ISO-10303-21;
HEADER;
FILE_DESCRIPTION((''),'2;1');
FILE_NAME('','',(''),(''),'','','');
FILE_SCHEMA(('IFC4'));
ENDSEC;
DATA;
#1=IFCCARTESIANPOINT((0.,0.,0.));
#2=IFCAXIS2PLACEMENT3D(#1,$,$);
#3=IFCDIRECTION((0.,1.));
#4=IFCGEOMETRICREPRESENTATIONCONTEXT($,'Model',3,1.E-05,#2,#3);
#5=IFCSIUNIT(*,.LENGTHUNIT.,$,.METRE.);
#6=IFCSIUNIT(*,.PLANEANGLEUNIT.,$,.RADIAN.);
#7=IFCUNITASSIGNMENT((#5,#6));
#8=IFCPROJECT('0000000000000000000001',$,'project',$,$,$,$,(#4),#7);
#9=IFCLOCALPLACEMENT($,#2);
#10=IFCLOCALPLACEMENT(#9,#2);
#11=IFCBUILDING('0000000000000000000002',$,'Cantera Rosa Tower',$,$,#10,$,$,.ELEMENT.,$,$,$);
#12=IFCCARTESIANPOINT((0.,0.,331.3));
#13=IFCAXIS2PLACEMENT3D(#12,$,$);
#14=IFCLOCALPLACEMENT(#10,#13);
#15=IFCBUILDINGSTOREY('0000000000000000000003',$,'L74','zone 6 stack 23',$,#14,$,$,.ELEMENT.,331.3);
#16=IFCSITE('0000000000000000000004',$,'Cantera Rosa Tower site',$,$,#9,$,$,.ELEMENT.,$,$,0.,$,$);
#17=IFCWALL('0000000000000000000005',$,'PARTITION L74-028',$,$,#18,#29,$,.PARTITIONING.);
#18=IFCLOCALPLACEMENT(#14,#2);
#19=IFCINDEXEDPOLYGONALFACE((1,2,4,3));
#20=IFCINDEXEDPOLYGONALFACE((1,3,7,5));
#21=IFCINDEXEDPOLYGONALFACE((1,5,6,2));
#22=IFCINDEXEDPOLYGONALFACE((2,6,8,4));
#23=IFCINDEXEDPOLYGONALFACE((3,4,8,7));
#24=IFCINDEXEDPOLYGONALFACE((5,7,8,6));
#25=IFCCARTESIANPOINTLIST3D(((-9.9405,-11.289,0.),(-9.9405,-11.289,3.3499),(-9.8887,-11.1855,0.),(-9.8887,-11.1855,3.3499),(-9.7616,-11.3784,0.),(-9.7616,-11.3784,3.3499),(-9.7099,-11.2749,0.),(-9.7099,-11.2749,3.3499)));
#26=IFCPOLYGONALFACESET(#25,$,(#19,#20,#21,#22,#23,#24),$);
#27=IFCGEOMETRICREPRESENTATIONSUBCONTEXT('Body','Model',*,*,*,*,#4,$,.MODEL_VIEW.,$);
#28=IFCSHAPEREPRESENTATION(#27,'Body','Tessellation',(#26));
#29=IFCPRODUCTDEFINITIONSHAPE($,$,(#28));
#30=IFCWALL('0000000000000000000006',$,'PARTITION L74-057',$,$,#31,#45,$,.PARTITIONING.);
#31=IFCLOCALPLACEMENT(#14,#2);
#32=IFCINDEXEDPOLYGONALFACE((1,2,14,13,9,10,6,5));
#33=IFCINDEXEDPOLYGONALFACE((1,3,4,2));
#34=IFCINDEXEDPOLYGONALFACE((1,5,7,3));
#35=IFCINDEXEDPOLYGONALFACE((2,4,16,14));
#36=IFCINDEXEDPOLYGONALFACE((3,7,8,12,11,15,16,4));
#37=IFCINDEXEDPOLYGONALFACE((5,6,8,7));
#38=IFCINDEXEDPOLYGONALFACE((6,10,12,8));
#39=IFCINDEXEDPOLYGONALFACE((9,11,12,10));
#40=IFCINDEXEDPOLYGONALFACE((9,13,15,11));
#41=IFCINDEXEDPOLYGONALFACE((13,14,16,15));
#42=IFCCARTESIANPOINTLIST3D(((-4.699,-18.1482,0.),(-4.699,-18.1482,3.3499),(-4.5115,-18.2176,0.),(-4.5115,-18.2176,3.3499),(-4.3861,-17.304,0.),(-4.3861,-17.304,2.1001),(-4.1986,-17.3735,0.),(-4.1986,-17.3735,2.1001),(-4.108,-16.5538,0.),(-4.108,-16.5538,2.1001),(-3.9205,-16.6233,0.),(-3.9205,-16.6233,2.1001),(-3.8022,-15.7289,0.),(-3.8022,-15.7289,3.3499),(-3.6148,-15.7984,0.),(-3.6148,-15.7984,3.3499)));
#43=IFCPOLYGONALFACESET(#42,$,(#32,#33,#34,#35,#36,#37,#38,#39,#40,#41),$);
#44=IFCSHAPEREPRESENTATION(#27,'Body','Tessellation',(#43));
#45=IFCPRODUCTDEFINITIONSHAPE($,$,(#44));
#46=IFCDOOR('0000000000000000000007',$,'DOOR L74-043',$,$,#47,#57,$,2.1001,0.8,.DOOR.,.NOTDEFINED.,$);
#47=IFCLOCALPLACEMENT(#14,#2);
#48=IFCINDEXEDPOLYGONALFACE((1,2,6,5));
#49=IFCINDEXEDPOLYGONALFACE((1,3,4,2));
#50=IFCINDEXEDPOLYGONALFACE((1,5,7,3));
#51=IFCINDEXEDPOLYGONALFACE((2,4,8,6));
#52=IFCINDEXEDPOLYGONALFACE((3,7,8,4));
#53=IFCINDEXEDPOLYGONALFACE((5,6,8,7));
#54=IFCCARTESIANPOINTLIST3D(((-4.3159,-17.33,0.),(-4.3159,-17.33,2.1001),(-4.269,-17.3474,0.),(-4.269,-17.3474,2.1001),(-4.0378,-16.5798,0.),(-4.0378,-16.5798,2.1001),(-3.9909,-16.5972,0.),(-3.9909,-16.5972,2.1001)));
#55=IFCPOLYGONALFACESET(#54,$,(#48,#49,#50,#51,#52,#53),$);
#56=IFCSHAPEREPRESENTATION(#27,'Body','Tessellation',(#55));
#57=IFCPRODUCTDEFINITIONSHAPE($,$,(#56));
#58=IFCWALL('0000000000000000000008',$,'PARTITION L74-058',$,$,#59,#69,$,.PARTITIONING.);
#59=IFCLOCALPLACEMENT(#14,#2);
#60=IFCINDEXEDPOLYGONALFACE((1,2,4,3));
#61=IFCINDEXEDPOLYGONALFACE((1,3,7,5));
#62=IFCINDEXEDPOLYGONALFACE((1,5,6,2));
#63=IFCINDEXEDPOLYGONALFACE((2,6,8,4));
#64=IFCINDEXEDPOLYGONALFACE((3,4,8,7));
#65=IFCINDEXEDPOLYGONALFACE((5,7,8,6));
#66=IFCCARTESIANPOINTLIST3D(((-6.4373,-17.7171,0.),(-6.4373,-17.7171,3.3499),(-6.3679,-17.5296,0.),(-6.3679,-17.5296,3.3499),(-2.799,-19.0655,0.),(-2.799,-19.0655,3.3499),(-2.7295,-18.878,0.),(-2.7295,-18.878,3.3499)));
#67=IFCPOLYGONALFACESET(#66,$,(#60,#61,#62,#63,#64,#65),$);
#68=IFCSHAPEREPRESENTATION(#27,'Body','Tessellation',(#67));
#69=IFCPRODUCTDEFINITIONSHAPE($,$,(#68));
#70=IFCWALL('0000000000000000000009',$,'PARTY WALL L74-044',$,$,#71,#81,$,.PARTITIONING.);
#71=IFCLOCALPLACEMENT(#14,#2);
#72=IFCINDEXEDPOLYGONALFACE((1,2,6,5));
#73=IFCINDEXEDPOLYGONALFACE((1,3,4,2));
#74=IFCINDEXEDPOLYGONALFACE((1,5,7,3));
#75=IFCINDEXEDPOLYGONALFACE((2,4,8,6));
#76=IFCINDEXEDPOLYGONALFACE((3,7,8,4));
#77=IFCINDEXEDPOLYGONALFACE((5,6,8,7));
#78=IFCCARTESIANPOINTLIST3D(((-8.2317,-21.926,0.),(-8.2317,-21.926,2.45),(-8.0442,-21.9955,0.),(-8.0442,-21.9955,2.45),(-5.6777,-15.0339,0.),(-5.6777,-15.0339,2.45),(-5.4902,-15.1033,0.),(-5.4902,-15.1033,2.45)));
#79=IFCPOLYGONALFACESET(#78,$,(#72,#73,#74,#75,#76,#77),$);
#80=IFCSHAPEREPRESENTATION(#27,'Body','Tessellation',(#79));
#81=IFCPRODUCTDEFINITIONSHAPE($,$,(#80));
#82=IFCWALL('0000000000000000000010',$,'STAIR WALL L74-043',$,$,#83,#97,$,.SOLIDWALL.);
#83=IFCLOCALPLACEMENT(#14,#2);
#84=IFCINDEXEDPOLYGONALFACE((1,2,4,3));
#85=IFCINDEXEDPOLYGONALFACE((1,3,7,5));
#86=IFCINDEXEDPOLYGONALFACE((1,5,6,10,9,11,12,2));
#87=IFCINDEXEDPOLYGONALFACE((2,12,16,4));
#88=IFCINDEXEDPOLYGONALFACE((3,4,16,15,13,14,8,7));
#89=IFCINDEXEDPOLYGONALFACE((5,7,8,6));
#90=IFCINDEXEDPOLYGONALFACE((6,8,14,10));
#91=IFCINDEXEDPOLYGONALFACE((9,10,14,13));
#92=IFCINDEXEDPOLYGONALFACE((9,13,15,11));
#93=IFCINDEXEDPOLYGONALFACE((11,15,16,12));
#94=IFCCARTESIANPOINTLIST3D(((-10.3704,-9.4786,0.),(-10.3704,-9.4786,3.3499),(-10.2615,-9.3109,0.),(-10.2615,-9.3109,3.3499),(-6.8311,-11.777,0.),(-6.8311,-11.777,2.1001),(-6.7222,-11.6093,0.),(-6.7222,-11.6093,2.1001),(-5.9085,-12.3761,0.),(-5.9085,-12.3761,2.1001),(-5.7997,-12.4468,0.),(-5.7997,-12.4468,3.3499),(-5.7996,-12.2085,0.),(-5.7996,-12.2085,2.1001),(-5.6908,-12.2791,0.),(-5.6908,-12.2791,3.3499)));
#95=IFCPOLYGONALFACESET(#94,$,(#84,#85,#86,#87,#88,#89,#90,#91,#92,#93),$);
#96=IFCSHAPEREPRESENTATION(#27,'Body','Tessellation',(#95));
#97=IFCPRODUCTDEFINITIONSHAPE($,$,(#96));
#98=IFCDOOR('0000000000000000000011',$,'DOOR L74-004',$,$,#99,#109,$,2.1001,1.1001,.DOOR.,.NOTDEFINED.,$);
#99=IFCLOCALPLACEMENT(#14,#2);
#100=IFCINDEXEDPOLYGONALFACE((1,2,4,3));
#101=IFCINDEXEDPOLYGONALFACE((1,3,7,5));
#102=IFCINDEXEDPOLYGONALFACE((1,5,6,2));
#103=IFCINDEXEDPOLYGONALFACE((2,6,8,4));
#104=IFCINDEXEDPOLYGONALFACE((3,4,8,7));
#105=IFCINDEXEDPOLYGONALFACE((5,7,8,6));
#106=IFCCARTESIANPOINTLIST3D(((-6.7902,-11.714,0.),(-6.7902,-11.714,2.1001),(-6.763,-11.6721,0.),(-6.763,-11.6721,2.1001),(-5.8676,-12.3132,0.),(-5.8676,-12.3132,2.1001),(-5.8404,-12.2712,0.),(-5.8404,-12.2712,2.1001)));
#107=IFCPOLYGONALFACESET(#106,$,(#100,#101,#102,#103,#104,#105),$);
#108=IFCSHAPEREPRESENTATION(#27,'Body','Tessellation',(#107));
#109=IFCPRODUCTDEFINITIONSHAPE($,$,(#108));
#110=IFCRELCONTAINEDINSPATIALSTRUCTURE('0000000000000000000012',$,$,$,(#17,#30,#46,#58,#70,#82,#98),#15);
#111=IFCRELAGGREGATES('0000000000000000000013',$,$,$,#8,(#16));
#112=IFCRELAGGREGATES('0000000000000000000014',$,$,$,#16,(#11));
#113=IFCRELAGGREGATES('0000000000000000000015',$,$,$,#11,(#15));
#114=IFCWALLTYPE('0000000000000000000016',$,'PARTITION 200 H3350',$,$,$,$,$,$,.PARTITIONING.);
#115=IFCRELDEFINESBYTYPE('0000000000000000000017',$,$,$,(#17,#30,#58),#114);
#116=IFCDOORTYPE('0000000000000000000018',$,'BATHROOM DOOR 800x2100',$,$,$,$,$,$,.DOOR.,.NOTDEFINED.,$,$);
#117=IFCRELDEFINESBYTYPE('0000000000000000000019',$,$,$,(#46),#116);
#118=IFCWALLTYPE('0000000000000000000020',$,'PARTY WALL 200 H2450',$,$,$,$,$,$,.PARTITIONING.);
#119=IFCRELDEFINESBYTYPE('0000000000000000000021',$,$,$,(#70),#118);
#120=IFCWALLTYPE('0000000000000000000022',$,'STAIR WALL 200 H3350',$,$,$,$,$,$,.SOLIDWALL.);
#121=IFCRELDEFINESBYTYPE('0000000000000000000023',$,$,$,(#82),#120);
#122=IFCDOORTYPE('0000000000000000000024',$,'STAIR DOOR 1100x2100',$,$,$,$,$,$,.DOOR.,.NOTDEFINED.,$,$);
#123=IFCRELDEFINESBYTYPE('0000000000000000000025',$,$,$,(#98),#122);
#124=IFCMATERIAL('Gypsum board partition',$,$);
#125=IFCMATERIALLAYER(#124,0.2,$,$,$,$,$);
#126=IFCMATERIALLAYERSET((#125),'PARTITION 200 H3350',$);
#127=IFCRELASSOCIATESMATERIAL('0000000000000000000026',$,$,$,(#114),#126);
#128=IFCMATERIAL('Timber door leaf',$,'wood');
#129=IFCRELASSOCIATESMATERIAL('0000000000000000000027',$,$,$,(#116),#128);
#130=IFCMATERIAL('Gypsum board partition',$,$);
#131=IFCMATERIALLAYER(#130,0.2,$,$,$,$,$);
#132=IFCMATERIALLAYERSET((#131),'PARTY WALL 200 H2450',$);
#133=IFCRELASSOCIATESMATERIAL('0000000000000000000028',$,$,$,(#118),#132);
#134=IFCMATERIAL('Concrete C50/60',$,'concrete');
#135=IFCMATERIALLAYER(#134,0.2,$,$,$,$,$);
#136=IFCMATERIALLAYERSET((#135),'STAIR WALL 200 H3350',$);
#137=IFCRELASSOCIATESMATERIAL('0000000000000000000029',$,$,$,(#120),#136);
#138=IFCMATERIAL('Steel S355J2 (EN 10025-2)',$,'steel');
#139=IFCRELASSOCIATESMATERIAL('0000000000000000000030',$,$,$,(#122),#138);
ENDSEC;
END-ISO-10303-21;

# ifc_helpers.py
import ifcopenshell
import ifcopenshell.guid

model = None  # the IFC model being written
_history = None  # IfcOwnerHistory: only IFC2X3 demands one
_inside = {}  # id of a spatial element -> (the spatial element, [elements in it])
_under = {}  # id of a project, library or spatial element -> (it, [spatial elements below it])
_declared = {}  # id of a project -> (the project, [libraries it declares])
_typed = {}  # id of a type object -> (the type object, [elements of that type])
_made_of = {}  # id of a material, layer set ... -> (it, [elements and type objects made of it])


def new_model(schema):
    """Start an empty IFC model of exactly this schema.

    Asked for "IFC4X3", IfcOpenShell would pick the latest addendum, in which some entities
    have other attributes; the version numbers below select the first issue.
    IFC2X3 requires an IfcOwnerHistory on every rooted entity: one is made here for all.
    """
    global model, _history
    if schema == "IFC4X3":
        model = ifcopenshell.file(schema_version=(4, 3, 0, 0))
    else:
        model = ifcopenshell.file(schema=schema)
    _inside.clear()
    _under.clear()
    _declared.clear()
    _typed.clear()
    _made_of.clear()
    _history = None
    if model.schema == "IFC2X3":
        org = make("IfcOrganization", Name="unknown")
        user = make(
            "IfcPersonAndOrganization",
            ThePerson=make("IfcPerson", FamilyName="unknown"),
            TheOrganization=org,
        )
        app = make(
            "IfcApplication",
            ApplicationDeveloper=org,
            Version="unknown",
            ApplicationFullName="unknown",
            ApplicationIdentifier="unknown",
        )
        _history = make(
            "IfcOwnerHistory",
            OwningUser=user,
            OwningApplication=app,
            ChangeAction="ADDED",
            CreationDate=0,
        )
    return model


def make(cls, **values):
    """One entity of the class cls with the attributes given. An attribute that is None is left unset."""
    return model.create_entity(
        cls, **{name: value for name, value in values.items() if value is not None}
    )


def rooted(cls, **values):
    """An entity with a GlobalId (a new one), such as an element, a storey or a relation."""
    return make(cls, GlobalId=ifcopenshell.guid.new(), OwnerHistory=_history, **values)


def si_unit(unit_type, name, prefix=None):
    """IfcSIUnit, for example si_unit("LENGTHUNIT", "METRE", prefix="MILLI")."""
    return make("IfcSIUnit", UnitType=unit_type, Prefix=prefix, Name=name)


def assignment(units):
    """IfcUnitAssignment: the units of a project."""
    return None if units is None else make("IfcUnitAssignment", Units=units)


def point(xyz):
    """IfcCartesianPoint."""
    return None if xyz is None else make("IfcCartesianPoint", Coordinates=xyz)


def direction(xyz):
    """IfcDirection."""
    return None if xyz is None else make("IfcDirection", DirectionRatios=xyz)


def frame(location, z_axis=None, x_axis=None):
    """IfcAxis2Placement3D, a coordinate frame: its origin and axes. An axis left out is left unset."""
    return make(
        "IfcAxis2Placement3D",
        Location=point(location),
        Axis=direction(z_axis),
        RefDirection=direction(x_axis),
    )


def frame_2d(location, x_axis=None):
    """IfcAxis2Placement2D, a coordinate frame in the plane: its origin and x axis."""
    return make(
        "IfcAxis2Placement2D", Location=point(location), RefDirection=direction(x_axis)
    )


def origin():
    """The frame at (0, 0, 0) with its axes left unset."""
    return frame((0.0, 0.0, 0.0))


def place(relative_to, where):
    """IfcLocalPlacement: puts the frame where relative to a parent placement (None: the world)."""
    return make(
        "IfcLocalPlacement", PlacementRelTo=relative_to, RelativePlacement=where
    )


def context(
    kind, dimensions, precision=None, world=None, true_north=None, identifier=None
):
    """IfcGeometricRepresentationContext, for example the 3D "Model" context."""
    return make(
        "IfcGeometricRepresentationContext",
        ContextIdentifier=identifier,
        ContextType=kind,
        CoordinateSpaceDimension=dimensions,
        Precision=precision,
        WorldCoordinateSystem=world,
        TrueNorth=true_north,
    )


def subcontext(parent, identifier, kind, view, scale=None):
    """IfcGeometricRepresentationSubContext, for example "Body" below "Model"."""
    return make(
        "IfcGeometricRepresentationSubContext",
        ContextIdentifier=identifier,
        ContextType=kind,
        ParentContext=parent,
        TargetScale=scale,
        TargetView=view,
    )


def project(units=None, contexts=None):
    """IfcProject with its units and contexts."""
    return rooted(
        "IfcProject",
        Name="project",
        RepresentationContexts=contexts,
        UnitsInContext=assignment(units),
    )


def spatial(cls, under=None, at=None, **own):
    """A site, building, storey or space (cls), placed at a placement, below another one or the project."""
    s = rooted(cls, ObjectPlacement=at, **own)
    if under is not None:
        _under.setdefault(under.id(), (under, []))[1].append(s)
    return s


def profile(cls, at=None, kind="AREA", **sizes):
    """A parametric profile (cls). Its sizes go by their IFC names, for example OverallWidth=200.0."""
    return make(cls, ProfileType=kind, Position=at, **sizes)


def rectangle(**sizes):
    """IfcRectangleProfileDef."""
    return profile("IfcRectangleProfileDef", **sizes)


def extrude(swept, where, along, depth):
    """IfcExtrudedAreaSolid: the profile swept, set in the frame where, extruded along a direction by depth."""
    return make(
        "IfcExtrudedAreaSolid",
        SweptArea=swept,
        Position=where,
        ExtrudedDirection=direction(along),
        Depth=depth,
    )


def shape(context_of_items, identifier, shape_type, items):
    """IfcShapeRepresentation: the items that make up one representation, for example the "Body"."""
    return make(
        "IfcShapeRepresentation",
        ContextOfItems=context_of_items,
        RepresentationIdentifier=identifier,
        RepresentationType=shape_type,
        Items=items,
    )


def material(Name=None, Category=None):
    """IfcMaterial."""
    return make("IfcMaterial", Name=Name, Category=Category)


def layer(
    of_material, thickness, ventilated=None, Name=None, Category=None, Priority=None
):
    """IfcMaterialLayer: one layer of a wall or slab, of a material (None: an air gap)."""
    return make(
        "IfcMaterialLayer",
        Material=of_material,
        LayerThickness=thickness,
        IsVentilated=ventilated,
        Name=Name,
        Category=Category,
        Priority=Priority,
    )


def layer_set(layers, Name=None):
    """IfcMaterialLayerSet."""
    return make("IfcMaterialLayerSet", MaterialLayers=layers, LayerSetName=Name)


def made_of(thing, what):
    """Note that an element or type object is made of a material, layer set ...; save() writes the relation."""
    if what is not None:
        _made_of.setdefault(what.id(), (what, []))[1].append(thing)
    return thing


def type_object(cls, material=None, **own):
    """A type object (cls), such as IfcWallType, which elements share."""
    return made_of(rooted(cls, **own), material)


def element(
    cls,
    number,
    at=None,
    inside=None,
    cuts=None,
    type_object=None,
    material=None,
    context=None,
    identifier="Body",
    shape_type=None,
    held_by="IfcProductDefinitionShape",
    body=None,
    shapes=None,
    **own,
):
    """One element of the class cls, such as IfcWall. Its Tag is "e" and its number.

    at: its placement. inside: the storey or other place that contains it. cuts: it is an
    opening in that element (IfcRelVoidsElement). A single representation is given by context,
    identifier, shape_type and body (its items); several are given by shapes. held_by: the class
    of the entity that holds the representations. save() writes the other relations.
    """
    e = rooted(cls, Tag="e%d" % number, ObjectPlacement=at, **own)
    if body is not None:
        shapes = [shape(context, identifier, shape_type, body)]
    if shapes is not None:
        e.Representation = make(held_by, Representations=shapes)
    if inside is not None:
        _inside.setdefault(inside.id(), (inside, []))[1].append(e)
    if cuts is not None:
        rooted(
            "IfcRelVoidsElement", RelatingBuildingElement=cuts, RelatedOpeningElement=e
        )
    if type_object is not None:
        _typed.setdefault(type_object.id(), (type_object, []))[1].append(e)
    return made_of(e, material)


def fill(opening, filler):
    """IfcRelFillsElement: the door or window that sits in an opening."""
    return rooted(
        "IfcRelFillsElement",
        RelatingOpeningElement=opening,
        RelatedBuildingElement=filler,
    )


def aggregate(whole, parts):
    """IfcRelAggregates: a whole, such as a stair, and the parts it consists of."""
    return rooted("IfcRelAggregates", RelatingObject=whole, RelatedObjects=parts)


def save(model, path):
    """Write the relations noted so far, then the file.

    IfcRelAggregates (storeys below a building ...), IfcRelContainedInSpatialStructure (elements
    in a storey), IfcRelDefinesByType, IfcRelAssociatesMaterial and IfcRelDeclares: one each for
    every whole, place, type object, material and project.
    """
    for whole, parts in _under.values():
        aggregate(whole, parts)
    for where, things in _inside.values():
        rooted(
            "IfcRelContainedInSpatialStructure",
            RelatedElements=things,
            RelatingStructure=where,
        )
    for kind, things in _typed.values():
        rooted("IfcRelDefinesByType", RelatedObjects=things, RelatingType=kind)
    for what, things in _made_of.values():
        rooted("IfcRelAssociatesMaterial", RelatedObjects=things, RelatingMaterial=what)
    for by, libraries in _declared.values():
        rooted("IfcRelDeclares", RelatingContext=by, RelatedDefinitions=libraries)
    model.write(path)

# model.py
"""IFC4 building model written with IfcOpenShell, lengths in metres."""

from ifc_helpers import new_model, si_unit, direction, frame, frame_2d, origin, place, context, subcontext, project, spatial, rectangle, extrude, material, layer, layer_set, type_object, element, fill, save


model = new_model("IFC4")

# Units and contexts
model_context = context("Model", 3, precision=1e-05, world=origin(), true_north=direction((0.0, 1.0)))
body_context = subcontext(model_context, "Body", "Model", "MODEL_VIEW")
ifc_project = project(units=[si_unit("LENGTHUNIT", "METRE"), si_unit("PLANEANGLEUNIT", "RADIAN")], contexts=[model_context])

# Site, building, storey
site_placement = place(None, origin())
site = spatial("IfcSite", under=ifc_project, at=site_placement, Name="Cantera Rosa Tower site", CompositionType="ELEMENT", RefElevation=0.0)
building_placement = place(site_placement, origin())
building = spatial("IfcBuilding", under=site, at=building_placement, Name="Cantera Rosa Tower", CompositionType="ELEMENT")
storey_placement = place(building_placement, frame((0.0, 0.0, 331.3)))
storey = spatial("IfcBuildingStorey", under=building, at=storey_placement, Name="L74", Description="zone 6 stack 23", CompositionType="ELEMENT", Elevation=331.3)

# Wall
ifc_material_1 = material(Name="Gypsum board partition")
ifc_layer_1 = layer(ifc_material_1, 0.2)
ifc_layer_set_1 = layer_set([ifc_layer_1], Name="PARTITION 200 H3350")
wall_type_1 = type_object("IfcWallType", Name="PARTITION 200 H3350", PredefinedType="PARTITIONING", material=ifc_layer_set_1)
wall_1_placement = place(storey_placement, frame((-9.7993, -11.2302, 0.0), z_axis=(0.0, 0.0, 1.0), x_axis=(-0.447214, -0.894427, 0.0)))
element("IfcWall", 1, at=wall_1_placement, inside=storey, type_object=wall_type_1, Name="PARTITION L74-028", PredefinedType="PARTITIONING", context=body_context, shape_type="SweptSolid", body=[
    extrude(rectangle(XDim=0.1157, YDim=0.2, at=frame_2d((0.0579, 0.0))), origin(), (0.0, 0.0, 1.0), 3.3499),
])

# Wall, opening, door
wall_2_placement = place(storey_placement, frame((-3.7085, -15.7637, 0.0), z_axis=(0.0, 0.0, 1.0), x_axis=(-0.347564, -0.937656, 0.0)))
wall_2 = element("IfcWall", 2, at=wall_2_placement, inside=storey, type_object=wall_type_1, Name="PARTITION L74-057", PredefinedType="PARTITIONING", context=body_context, shape_type="SweptSolid", body=[
    extrude(rectangle(XDim=2.5801, YDim=0.2, at=frame_2d((1.29, 0.0))), origin(), (0.0, 0.0, 1.0), 3.3499),
])
opening_1_placement = place(wall_2_placement, frame((0.8799, 0.0, 0.0)))
opening_1 = element("IfcOpeningElement", 3, at=opening_1_placement, cuts=wall_2, PredefinedType="OPENING", context=body_context, shape_type="SweptSolid", body=[
    extrude(rectangle(XDim=0.8, YDim=2.1001, at=frame_2d((0.3999, 1.05))), frame((0.0, 0.1099, 0.0), z_axis=(0.0, -1.0, 0.0), x_axis=(1.0, 0.0, 0.0)), (0.0, 0.0, 1.0), 0.22),
])
ifc_material_2 = material(Name="Timber door leaf", Category="wood")
door_type_1 = type_object("IfcDoorType", Name="BATHROOM DOOR 800x2100", OperationType="NOTDEFINED", PredefinedType="DOOR", material=ifc_material_2)
door_1_placement = place(opening_1_placement, origin())
door_1 = element("IfcDoor", 4, at=door_1_placement, inside=storey, type_object=door_type_1, Name="DOOR L74-043", OperationType="NOTDEFINED", OverallHeight=2.1001, OverallWidth=0.8, PredefinedType="DOOR", context=body_context, shape_type="SweptSolid", body=[
    extrude(rectangle(XDim=0.8, YDim=2.1001, at=frame_2d((0.3999, 1.05))), frame((0.0, 0.0249, 0.0), z_axis=(0.0, -1.0, 0.0), x_axis=(1.0, 0.0, 0.0)), (0.0, 0.0, 1.0), 0.05),
])
fill(opening_1, door_1)

# Walls
wall_3_placement = place(storey_placement, frame((-2.7644, -18.9717, 0.0), z_axis=(0.0, 0.0, 1.0), x_axis=(-0.93768, 0.347501, 0.0)))
element("IfcWall", 5, at=wall_3_placement, inside=storey, type_object=wall_type_1, Name="PARTITION L74-058", PredefinedType="PARTITIONING", context=body_context, shape_type="SweptSolid", body=[
    extrude(rectangle(XDim=3.8801, YDim=0.2, at=frame_2d((1.9399, 0.0))), origin(), (0.0, 0.0, 1.0), 3.3499),
])
ifc_material_3 = material(Name="Gypsum board partition")
ifc_layer_2 = layer(ifc_material_3, 0.2)
ifc_layer_set_2 = layer_set([ifc_layer_2], Name="PARTY WALL 200 H2450")
wall_type_2 = type_object("IfcWallType", Name="PARTY WALL 200 H2450", PredefinedType="PARTITIONING", material=ifc_layer_set_2)
wall_4_placement = place(storey_placement, frame((-5.584, -15.0686, 0.0), z_axis=(0.0, 0.0, 1.0), x_axis=(-0.347473, -0.93769, 0.0)))
element("IfcWall", 6, at=wall_4_placement, inside=storey, type_object=wall_type_2, Name="PARTY WALL L74-044", PredefinedType="PARTITIONING", context=body_context, shape_type="SweptSolid", body=[
    extrude(rectangle(XDim=7.3501, YDim=0.2, at=frame_2d((3.675, 0.0))), origin(), (0.0, 0.0, 1.0), 2.45),
])

# Wall, opening, door
ifc_material_4 = material(Name="Concrete C50/60", Category="concrete")
ifc_layer_3 = layer(ifc_material_4, 0.2)
ifc_layer_set_3 = layer_set([ifc_layer_3], Name="STAIR WALL 200 H3350")
wall_type_3 = type_object("IfcWallType", Name="STAIR WALL 200 H3350", PredefinedType="SOLIDWALL", material=ifc_layer_set_3)
wall_5_placement = place(storey_placement, frame((-5.7451, -12.363, 0.0), z_axis=(0.0, 0.0, 1.0), x_axis=(-0.838675, 0.544632, 0.0)))
wall_5 = element("IfcWall", 7, at=wall_5_placement, inside=storey, type_object=wall_type_3, Name="STAIR WALL L74-043", PredefinedType="SOLIDWALL", context=body_context, shape_type="SweptSolid", body=[
    extrude(rectangle(XDim=5.45, YDim=0.2, at=frame_2d((2.7251, 0.0))), origin(), (0.0, 0.0, 1.0), 3.3499),
])
opening_2_placement = place(wall_5_placement, frame((0.1299, 0.0, 0.0)))
opening_2 = element("IfcOpeningElement", 8, at=opening_2_placement, cuts=wall_5, PredefinedType="OPENING", context=body_context, shape_type="SweptSolid", body=[
    extrude(rectangle(XDim=1.1001, YDim=2.1001, at=frame_2d((0.55, 1.05))), frame((0.0, 0.1099, 0.0), z_axis=(0.0, -1.0, 0.0), x_axis=(1.0, 0.0, 0.0)), (0.0, 0.0, 1.0), 0.22),
])
ifc_material_5 = material(Name="Steel S355J2 (EN 10025-2)", Category="steel")
door_type_2 = type_object("IfcDoorType", Name="STAIR DOOR 1100x2100", OperationType="NOTDEFINED", PredefinedType="DOOR", material=ifc_material_5)
door_2_placement = place(opening_2_placement, origin())
door_2 = element("IfcDoor", 9, at=door_2_placement, inside=storey, type_object=door_type_2, Name="DOOR L74-004", OperationType="NOTDEFINED", OverallHeight=2.1001, OverallWidth=1.1001, PredefinedType="DOOR", context=body_context, shape_type="SweptSolid", body=[
    extrude(rectangle(XDim=1.1001, YDim=2.1001, at=frame_2d((0.55, 1.05))), frame((0.0, 0.0249, 0.0), z_axis=(0.0, -1.0, 0.0), x_axis=(1.0, 0.0, 0.0)), (0.0, 0.0, 1.0), 0.05),
])
fill(opening_2, door_2)

save(model, "model.ifc")
